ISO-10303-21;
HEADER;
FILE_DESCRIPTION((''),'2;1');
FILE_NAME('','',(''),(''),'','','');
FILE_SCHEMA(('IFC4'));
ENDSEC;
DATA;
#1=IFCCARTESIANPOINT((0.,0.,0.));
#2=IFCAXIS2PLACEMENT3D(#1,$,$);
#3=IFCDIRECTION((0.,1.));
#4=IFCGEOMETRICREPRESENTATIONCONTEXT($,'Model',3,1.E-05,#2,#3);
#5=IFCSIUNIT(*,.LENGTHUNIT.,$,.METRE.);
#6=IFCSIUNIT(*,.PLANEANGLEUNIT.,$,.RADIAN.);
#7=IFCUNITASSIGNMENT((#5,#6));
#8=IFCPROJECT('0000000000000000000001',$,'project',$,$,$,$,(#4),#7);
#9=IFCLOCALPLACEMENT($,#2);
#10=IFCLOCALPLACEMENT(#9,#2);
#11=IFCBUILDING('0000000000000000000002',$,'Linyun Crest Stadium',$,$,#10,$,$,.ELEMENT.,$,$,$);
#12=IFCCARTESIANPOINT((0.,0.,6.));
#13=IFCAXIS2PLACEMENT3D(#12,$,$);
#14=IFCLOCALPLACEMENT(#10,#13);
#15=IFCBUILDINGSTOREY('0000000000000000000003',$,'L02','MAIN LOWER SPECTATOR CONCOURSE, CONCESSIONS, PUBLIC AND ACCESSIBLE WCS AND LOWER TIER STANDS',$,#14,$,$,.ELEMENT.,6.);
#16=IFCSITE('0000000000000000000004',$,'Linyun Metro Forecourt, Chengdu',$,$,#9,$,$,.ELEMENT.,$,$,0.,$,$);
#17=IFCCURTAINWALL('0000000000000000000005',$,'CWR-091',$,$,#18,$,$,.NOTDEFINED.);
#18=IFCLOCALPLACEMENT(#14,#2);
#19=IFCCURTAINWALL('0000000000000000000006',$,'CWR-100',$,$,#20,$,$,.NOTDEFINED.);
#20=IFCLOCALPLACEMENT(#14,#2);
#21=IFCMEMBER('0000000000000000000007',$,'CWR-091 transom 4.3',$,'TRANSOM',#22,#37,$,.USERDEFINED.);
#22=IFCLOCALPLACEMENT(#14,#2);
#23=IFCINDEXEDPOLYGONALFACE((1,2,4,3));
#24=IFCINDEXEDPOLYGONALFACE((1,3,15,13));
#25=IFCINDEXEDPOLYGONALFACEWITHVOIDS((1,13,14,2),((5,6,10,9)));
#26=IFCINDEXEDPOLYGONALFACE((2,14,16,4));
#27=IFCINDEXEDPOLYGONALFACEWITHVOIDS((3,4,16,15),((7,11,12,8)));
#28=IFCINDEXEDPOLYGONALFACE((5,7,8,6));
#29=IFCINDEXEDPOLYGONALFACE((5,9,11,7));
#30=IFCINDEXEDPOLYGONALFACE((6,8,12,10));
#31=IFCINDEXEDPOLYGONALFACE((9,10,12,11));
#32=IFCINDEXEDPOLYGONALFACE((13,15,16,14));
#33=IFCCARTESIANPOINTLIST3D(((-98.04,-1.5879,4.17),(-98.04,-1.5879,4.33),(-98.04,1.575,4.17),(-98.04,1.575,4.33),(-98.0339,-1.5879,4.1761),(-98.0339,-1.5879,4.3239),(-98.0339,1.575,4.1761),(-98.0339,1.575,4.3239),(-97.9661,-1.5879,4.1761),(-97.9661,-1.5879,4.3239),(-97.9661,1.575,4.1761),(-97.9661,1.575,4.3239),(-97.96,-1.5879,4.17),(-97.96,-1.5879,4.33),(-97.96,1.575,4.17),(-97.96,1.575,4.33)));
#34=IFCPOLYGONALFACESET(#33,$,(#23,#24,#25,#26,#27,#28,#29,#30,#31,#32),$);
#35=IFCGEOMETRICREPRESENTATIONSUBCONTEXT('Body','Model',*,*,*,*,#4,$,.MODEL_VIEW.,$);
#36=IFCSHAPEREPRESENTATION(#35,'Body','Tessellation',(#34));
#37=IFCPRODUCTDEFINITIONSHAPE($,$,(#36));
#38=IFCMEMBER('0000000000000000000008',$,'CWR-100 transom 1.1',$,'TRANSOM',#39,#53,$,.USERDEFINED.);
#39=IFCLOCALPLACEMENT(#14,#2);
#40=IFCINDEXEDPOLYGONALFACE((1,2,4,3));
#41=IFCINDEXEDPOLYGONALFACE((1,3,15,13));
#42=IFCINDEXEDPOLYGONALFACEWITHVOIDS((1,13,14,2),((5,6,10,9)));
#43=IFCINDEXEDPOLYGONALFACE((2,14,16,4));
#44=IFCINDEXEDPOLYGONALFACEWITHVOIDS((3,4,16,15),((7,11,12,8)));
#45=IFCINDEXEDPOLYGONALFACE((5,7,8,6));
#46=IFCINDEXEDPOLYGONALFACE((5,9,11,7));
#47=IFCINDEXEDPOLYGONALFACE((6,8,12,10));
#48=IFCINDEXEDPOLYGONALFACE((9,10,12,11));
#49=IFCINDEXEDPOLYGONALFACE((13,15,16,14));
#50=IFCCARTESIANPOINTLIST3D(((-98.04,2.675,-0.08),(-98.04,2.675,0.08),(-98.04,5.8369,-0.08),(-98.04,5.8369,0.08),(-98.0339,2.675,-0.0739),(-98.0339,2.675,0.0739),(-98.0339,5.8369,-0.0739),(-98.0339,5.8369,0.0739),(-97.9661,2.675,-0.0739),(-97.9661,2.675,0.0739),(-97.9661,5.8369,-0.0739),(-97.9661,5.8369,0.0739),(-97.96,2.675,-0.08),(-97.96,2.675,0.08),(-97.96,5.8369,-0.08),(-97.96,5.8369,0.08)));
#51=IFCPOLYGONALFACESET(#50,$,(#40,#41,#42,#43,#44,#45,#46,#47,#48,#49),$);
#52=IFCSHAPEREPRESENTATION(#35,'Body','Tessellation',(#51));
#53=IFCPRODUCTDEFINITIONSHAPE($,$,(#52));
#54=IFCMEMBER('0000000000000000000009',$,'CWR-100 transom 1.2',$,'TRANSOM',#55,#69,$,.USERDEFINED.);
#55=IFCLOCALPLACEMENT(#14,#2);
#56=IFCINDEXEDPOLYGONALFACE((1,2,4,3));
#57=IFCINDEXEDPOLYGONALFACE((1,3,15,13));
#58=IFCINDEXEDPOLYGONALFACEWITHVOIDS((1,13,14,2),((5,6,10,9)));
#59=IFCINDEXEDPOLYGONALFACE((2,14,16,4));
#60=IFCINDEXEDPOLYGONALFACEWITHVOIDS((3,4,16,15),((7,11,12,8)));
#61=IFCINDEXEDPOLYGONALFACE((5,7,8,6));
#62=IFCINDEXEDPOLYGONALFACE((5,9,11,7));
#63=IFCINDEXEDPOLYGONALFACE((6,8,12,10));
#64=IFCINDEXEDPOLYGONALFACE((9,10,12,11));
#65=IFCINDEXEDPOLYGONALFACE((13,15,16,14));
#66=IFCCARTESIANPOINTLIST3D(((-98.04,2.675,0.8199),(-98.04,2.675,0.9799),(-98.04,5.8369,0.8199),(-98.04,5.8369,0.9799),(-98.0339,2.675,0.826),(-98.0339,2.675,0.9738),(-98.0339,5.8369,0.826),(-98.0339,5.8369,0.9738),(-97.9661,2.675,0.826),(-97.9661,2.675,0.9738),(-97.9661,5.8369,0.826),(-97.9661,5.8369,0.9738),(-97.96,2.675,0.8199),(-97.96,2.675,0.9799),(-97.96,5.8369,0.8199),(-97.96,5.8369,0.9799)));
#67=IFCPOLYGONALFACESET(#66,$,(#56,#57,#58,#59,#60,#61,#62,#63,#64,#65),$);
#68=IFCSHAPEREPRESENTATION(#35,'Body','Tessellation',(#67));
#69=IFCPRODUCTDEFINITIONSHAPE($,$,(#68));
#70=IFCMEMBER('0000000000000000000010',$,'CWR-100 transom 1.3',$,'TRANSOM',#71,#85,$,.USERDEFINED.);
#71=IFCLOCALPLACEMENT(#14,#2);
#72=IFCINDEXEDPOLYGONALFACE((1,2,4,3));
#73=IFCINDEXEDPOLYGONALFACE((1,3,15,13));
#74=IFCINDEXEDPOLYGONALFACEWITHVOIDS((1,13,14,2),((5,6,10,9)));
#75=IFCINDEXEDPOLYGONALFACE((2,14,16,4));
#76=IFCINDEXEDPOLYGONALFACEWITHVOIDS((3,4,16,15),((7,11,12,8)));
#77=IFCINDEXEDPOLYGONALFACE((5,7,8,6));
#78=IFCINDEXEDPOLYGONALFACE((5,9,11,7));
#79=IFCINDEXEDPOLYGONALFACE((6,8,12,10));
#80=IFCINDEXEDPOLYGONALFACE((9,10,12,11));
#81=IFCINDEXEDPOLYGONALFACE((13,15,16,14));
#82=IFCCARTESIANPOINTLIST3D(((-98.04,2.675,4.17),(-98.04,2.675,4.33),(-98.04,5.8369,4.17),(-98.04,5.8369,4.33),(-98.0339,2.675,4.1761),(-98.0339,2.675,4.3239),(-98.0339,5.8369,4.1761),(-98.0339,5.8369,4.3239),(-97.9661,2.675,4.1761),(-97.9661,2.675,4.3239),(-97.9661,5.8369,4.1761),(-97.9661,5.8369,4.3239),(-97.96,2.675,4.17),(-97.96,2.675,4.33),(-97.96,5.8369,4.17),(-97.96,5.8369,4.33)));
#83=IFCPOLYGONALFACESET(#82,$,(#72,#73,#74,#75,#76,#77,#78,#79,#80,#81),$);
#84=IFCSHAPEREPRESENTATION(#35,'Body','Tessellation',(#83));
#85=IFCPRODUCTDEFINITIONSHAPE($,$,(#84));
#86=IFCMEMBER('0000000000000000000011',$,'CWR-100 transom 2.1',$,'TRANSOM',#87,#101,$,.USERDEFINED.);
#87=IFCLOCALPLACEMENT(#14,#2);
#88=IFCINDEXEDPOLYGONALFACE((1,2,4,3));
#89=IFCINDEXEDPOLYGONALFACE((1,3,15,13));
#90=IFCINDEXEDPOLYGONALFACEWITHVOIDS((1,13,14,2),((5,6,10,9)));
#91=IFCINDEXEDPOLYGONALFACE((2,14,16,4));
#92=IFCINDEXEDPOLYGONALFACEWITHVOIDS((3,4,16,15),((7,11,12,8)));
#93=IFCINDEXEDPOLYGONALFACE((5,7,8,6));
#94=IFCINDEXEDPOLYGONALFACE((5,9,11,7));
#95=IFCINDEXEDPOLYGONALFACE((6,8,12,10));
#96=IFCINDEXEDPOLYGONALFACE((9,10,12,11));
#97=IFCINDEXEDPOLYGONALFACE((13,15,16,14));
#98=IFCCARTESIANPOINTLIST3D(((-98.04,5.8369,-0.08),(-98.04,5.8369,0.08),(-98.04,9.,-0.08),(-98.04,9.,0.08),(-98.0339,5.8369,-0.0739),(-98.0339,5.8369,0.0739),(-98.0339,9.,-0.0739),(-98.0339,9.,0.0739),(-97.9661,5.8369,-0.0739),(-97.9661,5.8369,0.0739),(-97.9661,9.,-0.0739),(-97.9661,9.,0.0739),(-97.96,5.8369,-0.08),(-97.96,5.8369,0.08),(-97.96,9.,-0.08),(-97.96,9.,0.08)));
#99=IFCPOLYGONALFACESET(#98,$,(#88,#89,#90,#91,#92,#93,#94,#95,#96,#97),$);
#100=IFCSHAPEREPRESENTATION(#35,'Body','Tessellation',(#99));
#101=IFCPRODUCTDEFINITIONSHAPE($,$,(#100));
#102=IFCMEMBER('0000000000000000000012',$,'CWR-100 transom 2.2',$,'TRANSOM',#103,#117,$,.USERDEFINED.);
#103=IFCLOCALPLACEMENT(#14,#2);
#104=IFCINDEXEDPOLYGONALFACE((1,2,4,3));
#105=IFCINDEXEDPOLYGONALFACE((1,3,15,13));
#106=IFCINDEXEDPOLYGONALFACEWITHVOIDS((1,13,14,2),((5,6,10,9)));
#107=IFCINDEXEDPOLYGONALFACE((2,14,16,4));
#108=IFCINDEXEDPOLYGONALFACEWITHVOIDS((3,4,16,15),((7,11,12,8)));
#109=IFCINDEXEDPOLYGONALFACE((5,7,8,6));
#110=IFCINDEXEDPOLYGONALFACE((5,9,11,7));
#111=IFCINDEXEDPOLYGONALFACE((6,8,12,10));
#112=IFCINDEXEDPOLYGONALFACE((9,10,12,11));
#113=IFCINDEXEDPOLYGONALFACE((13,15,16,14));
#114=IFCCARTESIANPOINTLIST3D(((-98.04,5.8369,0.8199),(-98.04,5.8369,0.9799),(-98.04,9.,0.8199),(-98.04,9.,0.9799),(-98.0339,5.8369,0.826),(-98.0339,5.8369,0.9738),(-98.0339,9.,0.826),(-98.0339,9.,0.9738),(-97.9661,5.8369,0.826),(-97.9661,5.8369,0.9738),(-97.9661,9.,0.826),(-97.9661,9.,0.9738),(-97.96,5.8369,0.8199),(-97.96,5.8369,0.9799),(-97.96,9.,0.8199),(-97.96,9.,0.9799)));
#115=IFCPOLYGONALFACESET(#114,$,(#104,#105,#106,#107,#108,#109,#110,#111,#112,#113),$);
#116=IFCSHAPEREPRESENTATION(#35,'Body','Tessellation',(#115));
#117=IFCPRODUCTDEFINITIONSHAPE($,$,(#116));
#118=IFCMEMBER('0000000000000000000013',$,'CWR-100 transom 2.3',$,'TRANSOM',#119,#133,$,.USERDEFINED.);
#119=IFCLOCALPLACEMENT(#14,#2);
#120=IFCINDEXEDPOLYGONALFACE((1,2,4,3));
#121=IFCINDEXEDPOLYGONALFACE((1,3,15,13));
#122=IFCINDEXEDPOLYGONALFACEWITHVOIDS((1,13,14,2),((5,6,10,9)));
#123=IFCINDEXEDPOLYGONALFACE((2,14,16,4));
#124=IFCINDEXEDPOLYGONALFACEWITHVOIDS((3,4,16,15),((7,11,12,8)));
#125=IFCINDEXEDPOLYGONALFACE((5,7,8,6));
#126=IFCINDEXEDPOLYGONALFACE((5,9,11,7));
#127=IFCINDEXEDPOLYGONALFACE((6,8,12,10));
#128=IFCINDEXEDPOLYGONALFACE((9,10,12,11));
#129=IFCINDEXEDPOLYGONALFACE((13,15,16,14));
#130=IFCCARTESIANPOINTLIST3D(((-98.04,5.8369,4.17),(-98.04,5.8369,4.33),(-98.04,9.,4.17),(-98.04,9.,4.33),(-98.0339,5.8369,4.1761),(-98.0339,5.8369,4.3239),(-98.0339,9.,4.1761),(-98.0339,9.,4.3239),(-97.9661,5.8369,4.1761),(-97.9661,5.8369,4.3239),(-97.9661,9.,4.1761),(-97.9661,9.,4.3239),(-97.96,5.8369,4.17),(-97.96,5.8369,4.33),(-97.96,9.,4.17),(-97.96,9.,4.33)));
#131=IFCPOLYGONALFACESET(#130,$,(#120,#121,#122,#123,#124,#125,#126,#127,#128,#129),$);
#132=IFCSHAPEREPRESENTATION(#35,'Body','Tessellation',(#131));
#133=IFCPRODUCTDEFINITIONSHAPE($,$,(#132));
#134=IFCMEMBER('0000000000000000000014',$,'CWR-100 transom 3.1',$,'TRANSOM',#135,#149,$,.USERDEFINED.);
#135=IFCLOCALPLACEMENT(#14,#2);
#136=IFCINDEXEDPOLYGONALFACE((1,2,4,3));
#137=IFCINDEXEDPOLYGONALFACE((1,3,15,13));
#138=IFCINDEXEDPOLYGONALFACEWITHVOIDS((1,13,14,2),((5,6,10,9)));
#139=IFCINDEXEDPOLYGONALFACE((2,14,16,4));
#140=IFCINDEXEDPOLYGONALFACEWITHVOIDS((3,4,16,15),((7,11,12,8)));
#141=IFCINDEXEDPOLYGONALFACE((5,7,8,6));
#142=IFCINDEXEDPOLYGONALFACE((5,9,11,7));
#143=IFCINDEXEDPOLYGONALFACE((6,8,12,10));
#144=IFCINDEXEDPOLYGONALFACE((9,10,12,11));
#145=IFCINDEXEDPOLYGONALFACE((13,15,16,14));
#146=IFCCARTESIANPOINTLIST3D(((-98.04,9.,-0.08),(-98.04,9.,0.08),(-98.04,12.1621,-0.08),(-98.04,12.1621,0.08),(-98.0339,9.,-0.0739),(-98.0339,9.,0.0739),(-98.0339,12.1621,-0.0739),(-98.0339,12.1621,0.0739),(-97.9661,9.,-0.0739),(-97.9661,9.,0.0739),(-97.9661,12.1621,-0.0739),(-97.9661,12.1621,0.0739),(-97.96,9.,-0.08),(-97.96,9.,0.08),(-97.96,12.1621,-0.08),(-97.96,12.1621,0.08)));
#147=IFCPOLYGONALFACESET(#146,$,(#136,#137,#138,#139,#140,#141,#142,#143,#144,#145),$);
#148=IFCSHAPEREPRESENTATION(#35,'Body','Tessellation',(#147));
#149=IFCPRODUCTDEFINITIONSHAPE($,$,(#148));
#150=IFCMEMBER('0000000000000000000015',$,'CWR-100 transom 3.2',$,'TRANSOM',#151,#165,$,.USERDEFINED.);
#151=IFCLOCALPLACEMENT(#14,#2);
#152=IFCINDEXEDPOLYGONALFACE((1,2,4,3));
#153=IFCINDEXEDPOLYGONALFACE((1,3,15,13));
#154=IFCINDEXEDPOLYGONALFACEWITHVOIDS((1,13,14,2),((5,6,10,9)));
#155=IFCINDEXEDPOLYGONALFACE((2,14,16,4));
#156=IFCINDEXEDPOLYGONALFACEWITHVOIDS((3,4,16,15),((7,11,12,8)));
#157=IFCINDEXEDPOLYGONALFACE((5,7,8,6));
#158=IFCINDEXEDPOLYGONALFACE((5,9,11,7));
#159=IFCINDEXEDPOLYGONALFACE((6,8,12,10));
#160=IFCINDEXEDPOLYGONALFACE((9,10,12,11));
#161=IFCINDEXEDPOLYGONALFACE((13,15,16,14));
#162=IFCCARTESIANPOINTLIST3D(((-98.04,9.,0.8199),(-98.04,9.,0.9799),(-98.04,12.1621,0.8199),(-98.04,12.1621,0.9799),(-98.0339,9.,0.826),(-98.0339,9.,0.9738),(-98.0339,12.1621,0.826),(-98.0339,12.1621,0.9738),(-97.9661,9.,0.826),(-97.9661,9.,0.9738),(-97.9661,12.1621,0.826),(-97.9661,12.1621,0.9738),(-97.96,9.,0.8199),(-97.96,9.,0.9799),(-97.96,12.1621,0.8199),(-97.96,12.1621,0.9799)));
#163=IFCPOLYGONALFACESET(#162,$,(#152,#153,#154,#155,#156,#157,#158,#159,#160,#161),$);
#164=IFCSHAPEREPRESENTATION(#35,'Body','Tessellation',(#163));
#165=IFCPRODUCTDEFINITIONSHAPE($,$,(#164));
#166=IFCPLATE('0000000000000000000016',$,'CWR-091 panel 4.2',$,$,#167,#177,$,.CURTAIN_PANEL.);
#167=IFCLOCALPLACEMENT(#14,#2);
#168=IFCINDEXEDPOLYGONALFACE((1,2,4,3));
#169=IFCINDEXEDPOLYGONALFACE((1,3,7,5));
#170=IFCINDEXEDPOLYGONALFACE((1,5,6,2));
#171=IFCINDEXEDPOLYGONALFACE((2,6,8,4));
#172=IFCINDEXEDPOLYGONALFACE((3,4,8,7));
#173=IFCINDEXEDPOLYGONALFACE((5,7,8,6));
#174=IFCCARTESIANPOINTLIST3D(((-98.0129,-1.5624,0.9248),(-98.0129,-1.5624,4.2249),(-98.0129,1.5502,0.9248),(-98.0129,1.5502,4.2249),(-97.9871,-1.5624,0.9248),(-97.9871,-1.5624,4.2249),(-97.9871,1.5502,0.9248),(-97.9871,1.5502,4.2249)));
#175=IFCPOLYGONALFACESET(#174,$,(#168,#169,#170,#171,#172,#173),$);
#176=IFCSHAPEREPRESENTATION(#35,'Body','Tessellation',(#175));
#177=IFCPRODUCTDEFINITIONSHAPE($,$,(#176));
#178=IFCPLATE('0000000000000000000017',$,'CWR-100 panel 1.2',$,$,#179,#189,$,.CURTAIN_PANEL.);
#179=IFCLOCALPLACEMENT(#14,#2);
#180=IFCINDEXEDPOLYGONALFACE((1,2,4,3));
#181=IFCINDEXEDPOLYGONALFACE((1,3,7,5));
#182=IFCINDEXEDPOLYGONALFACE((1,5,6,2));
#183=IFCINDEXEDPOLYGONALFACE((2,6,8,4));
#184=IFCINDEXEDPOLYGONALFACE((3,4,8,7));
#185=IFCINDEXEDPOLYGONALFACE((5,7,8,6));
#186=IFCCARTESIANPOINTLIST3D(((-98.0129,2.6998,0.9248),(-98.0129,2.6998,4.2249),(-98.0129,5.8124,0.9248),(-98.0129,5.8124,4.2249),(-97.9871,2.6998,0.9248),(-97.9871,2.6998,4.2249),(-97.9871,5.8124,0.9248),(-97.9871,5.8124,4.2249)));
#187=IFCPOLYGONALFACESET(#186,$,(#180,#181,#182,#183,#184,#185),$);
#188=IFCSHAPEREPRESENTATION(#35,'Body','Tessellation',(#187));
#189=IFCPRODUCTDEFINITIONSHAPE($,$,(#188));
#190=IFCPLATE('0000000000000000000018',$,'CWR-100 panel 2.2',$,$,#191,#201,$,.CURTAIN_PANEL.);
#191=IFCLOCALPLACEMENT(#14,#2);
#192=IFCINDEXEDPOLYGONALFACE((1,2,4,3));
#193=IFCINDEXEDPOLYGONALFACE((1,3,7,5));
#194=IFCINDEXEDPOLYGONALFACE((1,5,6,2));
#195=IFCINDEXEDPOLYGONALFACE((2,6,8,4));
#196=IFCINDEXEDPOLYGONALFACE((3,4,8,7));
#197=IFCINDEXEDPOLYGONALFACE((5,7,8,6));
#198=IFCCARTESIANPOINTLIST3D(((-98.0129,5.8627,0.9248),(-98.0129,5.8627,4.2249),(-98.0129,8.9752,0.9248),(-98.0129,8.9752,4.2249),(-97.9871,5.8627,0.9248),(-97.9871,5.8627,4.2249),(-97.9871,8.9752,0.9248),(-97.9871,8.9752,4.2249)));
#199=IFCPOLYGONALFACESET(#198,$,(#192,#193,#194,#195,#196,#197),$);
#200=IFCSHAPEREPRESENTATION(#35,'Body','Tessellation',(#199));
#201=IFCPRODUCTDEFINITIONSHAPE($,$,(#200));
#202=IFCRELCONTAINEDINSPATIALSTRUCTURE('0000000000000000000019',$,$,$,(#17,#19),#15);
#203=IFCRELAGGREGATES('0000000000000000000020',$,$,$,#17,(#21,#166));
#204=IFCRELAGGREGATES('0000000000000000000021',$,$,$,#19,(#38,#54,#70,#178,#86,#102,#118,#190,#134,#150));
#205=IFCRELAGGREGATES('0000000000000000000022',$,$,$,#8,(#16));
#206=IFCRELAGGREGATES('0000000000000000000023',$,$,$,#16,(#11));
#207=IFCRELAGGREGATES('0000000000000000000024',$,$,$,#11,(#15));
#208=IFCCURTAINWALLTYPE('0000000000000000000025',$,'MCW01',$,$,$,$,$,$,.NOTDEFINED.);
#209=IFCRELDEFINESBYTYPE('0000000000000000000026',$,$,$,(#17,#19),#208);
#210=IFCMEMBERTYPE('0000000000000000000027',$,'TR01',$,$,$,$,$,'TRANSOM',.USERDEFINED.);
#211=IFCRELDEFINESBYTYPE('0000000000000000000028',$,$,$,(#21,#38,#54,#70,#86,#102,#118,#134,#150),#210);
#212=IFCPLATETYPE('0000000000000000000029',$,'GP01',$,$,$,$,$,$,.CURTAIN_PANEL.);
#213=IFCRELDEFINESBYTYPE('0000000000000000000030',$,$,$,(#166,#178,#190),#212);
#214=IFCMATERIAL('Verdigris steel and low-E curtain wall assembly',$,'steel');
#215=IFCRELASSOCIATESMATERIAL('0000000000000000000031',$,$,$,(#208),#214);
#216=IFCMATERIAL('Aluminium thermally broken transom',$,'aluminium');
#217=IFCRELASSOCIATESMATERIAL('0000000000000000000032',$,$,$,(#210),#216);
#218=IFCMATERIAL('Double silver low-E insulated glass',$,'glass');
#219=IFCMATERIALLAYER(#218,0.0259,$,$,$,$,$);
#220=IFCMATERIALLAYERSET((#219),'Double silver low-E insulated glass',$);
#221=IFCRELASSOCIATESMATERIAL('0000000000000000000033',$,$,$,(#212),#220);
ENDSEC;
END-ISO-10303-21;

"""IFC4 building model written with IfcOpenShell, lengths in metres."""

from ifc_helpers import new_model, si_unit, direction, frame, origin, origin_2d, place, context, subcontext, project, spatial, rectangle, hollow_rectangle, extrude, material, layer, layer_set, material_profile, profile_set, type_object, element, aggregate, save


model = new_model("IFC4")

# Units and contexts
model_context = context("Model", 3, precision=1e-05, world=origin(), true_north=direction((0.0, 1.0)))
body_context = subcontext(model_context, "Body", "Model", "MODEL_VIEW")
ifc_project = project(units=[si_unit("LENGTHUNIT", "METRE"), si_unit("PLANEANGLEUNIT", "RADIAN")], contexts=[model_context])

# Site, building, storey
site_placement = place(None, origin())
site = spatial("IfcSite", under=ifc_project, at=site_placement, Name="Linyun Metro Forecourt, Chengdu", CompositionType="ELEMENT", RefElevation=0.0)
building_placement = place(site_placement, origin())
building = spatial("IfcBuilding", under=site, at=building_placement, Name="Linyun Crest Stadium", CompositionType="ELEMENT")
storey_placement = place(building_placement, frame((0.0, 0.0, 6.0)))
storey = spatial("IfcBuildingStorey", under=building, at=storey_placement, Name="L02", Description="MAIN LOWER SPECTATOR CONCOURSE, CONCESSIONS, PUBLIC AND ACCESSIBLE WCS AND LOWER TIER STANDS", CompositionType="ELEMENT", Elevation=6.0)

# Curtain walls
ifc_material_1 = material(Name="Verdigris steel and low-E curtain wall assembly", Category="steel")
curtain_wall_type = type_object("IfcCurtainWallType", Name="MCW01", PredefinedType="NOTDEFINED", material=ifc_material_1)
curtain_wall_1_placement = place(storey_placement, origin())
curtain_wall_1 = element("IfcCurtainWall", 1, at=curtain_wall_1_placement, inside=storey, type_object=curtain_wall_type, Name="CWR-091", PredefinedType="NOTDEFINED")
curtain_wall_2_placement = place(storey_placement, origin())
curtain_wall_2 = element("IfcCurtainWall", 2, at=curtain_wall_2_placement, inside=storey, type_object=curtain_wall_type, Name="CWR-100", PredefinedType="NOTDEFINED")

# Members
ifc_material_2 = material(Name="Aluminium thermally broken transom", Category="aluminium")
ifc_material_profile_1 = material_profile(ifc_material_2, hollow_rectangle(XDim=0.0801, YDim=0.1599, WallThickness=0.0061, at=origin_2d()), Name="RHS 160x80x6")
ifc_profile_set_1 = profile_set([ifc_material_profile_1], Name="Aluminium thermally broken transom")
member_type_1 = type_object("IfcMemberType", Name="TR01", ElementType="TRANSOM", PredefinedType="USERDEFINED", material=ifc_profile_set_1)
member_1_placement = place(storey_placement, frame((-98.0, -1.5879, 4.25), z_axis=(0.0, 1.0, 0.0), x_axis=(-1.0, 0.0, 0.0)))
member_1 = element("IfcMember", 3, at=member_1_placement, type_object=member_type_1, Name="CWR-091 transom 4.3", ObjectType="TRANSOM", PredefinedType="USERDEFINED", context=body_context, shape_type="SweptSolid", body=[
    extrude(hollow_rectangle(XDim=0.0801, YDim=0.1599, WallThickness=0.0061, at=origin_2d()), origin(), (0.0, 0.0, 1.0), 3.1628),
])
member_2_placement = place(storey_placement, frame((-98.0, 2.675, 0.0), z_axis=(0.0, 1.0, 0.0), x_axis=(-1.0, 0.0, 0.0)))
member_2 = element("IfcMember", 4, at=member_2_placement, type_object=member_type_1, Name="CWR-100 transom 1.1", ObjectType="TRANSOM", PredefinedType="USERDEFINED", context=body_context, shape_type="SweptSolid", body=[
    extrude(hollow_rectangle(XDim=0.0801, YDim=0.1599, WallThickness=0.0061, at=origin_2d()), origin(), (0.0, 0.0, 1.0), 3.1619),
])
member_3_placement = place(storey_placement, frame((-98.0, 2.675, 0.8999), z_axis=(0.0, 1.0, 0.0), x_axis=(-1.0, 0.0, 0.0)))
member_3 = element("IfcMember", 5, at=member_3_placement, type_object=member_type_1, Name="CWR-100 transom 1.2", ObjectType="TRANSOM", PredefinedType="USERDEFINED", context=body_context, shape_type="SweptSolid", body=[
    extrude(hollow_rectangle(XDim=0.0801, YDim=0.1599, WallThickness=0.0061, at=origin_2d()), origin(), (0.0, 0.0, 1.0), 3.1619),
])
member_4_placement = place(storey_placement, frame((-98.0, 2.675, 4.25), z_axis=(0.0, 1.0, 0.0), x_axis=(-1.0, 0.0, 0.0)))
member_4 = element("IfcMember", 6, at=member_4_placement, type_object=member_type_1, Name="CWR-100 transom 1.3", ObjectType="TRANSOM", PredefinedType="USERDEFINED", context=body_context, shape_type="SweptSolid", body=[
    extrude(hollow_rectangle(XDim=0.0801, YDim=0.1599, WallThickness=0.0061, at=origin_2d()), origin(), (0.0, 0.0, 1.0), 3.1619),
])
member_5_placement = place(storey_placement, frame((-98.0, 5.8369, 0.0), z_axis=(0.0, 1.0, 0.0), x_axis=(-1.0, 0.0, 0.0)))
member_5 = element("IfcMember", 7, at=member_5_placement, type_object=member_type_1, Name="CWR-100 transom 2.1", ObjectType="TRANSOM", PredefinedType="USERDEFINED", context=body_context, shape_type="SweptSolid", body=[
    extrude(hollow_rectangle(XDim=0.0801, YDim=0.1599, WallThickness=0.0061, at=origin_2d()), origin(), (0.0, 0.0, 1.0), 3.1631),
])
member_6_placement = place(storey_placement, frame((-98.0, 5.8369, 0.8999), z_axis=(0.0, 1.0, 0.0), x_axis=(-1.0, 0.0, 0.0)))
member_6 = element("IfcMember", 8, at=member_6_placement, type_object=member_type_1, Name="CWR-100 transom 2.2", ObjectType="TRANSOM", PredefinedType="USERDEFINED", context=body_context, shape_type="SweptSolid", body=[
    extrude(hollow_rectangle(XDim=0.0801, YDim=0.1599, WallThickness=0.0061, at=origin_2d()), origin(), (0.0, 0.0, 1.0), 3.1631),
])
member_7_placement = place(storey_placement, frame((-98.0, 5.8369, 4.25), z_axis=(0.0, 1.0, 0.0), x_axis=(-1.0, 0.0, 0.0)))
member_7 = element("IfcMember", 9, at=member_7_placement, type_object=member_type_1, Name="CWR-100 transom 2.3", ObjectType="TRANSOM", PredefinedType="USERDEFINED", context=body_context, shape_type="SweptSolid", body=[
    extrude(hollow_rectangle(XDim=0.0801, YDim=0.1599, WallThickness=0.0061, at=origin_2d()), origin(), (0.0, 0.0, 1.0), 3.1631),
])
member_8_placement = place(storey_placement, frame((-98.0, 9.0, 0.0), z_axis=(0.0, 1.0, 0.0), x_axis=(-1.0, 0.0, 0.0)))
member_8 = element("IfcMember", 10, at=member_8_placement, type_object=member_type_1, Name="CWR-100 transom 3.1", ObjectType="TRANSOM", PredefinedType="USERDEFINED", context=body_context, shape_type="SweptSolid", body=[
    extrude(hollow_rectangle(XDim=0.0801, YDim=0.1599, WallThickness=0.0061, at=origin_2d()), origin(), (0.0, 0.0, 1.0), 3.1621),
])
member_9_placement = place(storey_placement, frame((-98.0, 9.0, 0.8999), z_axis=(0.0, 1.0, 0.0), x_axis=(-1.0, 0.0, 0.0)))
member_9 = element("IfcMember", 11, at=member_9_placement, type_object=member_type_1, Name="CWR-100 transom 3.2", ObjectType="TRANSOM", PredefinedType="USERDEFINED", context=body_context, shape_type="SweptSolid", body=[
    extrude(hollow_rectangle(XDim=0.0801, YDim=0.1599, WallThickness=0.0061, at=origin_2d()), origin(), (0.0, 0.0, 1.0), 3.1621),
])

# Plates
ifc_material_3 = material(Name="Double silver low-E insulated glass", Category="glass")
ifc_layer_1 = layer(ifc_material_3, 0.0259)
ifc_layer_set_1 = layer_set([ifc_layer_1], Name="Double silver low-E insulated glass")
plate_type_1 = type_object("IfcPlateType", Name="GP01", PredefinedType="CURTAIN_PANEL", material=ifc_layer_set_1)
plate_1_placement = place(storey_placement, frame((-98.0, -0.0061, 0.9248), z_axis=(0.0, 0.0, 1.0), x_axis=(0.0, 1.0, 0.0)))
plate_1 = element("IfcPlate", 12, at=plate_1_placement, type_object=plate_type_1, Name="CWR-091 panel 4.2", PredefinedType="CURTAIN_PANEL", context=body_context, shape_type="SweptSolid", body=[
    extrude(rectangle(XDim=3.1125, YDim=0.0259, at=origin_2d()), origin(), (0.0, 0.0, 1.0), 3.3),
])
plate_2_placement = place(storey_placement, frame((-98.0, 4.2561, 0.9248), z_axis=(0.0, 0.0, 1.0), x_axis=(0.0, 1.0, 0.0)))
plate_2 = element("IfcPlate", 13, at=plate_2_placement, type_object=plate_type_1, Name="CWR-100 panel 1.2", PredefinedType="CURTAIN_PANEL", context=body_context, shape_type="SweptSolid", body=[
    extrude(rectangle(XDim=3.1125, YDim=0.0259, at=origin_2d()), origin(), (0.0, 0.0, 1.0), 3.3),
])
plate_3_placement = place(storey_placement, frame((-98.0, 7.4189, 0.9248), z_axis=(0.0, 0.0, 1.0), x_axis=(0.0, 1.0, 0.0)))
plate_3 = element("IfcPlate", 14, at=plate_3_placement, type_object=plate_type_1, Name="CWR-100 panel 2.2", PredefinedType="CURTAIN_PANEL", context=body_context, shape_type="SweptSolid", body=[
    extrude(rectangle(XDim=3.1125, YDim=0.0259, at=origin_2d()), origin(), (0.0, 0.0, 1.0), 3.3),
])
aggregate(curtain_wall_1, [member_1, plate_1])
aggregate(curtain_wall_2, [member_2, member_3, member_4, plate_2, member_5, member_6, member_7, plate_3, member_8, member_9])

save(model, "model.ifc")
